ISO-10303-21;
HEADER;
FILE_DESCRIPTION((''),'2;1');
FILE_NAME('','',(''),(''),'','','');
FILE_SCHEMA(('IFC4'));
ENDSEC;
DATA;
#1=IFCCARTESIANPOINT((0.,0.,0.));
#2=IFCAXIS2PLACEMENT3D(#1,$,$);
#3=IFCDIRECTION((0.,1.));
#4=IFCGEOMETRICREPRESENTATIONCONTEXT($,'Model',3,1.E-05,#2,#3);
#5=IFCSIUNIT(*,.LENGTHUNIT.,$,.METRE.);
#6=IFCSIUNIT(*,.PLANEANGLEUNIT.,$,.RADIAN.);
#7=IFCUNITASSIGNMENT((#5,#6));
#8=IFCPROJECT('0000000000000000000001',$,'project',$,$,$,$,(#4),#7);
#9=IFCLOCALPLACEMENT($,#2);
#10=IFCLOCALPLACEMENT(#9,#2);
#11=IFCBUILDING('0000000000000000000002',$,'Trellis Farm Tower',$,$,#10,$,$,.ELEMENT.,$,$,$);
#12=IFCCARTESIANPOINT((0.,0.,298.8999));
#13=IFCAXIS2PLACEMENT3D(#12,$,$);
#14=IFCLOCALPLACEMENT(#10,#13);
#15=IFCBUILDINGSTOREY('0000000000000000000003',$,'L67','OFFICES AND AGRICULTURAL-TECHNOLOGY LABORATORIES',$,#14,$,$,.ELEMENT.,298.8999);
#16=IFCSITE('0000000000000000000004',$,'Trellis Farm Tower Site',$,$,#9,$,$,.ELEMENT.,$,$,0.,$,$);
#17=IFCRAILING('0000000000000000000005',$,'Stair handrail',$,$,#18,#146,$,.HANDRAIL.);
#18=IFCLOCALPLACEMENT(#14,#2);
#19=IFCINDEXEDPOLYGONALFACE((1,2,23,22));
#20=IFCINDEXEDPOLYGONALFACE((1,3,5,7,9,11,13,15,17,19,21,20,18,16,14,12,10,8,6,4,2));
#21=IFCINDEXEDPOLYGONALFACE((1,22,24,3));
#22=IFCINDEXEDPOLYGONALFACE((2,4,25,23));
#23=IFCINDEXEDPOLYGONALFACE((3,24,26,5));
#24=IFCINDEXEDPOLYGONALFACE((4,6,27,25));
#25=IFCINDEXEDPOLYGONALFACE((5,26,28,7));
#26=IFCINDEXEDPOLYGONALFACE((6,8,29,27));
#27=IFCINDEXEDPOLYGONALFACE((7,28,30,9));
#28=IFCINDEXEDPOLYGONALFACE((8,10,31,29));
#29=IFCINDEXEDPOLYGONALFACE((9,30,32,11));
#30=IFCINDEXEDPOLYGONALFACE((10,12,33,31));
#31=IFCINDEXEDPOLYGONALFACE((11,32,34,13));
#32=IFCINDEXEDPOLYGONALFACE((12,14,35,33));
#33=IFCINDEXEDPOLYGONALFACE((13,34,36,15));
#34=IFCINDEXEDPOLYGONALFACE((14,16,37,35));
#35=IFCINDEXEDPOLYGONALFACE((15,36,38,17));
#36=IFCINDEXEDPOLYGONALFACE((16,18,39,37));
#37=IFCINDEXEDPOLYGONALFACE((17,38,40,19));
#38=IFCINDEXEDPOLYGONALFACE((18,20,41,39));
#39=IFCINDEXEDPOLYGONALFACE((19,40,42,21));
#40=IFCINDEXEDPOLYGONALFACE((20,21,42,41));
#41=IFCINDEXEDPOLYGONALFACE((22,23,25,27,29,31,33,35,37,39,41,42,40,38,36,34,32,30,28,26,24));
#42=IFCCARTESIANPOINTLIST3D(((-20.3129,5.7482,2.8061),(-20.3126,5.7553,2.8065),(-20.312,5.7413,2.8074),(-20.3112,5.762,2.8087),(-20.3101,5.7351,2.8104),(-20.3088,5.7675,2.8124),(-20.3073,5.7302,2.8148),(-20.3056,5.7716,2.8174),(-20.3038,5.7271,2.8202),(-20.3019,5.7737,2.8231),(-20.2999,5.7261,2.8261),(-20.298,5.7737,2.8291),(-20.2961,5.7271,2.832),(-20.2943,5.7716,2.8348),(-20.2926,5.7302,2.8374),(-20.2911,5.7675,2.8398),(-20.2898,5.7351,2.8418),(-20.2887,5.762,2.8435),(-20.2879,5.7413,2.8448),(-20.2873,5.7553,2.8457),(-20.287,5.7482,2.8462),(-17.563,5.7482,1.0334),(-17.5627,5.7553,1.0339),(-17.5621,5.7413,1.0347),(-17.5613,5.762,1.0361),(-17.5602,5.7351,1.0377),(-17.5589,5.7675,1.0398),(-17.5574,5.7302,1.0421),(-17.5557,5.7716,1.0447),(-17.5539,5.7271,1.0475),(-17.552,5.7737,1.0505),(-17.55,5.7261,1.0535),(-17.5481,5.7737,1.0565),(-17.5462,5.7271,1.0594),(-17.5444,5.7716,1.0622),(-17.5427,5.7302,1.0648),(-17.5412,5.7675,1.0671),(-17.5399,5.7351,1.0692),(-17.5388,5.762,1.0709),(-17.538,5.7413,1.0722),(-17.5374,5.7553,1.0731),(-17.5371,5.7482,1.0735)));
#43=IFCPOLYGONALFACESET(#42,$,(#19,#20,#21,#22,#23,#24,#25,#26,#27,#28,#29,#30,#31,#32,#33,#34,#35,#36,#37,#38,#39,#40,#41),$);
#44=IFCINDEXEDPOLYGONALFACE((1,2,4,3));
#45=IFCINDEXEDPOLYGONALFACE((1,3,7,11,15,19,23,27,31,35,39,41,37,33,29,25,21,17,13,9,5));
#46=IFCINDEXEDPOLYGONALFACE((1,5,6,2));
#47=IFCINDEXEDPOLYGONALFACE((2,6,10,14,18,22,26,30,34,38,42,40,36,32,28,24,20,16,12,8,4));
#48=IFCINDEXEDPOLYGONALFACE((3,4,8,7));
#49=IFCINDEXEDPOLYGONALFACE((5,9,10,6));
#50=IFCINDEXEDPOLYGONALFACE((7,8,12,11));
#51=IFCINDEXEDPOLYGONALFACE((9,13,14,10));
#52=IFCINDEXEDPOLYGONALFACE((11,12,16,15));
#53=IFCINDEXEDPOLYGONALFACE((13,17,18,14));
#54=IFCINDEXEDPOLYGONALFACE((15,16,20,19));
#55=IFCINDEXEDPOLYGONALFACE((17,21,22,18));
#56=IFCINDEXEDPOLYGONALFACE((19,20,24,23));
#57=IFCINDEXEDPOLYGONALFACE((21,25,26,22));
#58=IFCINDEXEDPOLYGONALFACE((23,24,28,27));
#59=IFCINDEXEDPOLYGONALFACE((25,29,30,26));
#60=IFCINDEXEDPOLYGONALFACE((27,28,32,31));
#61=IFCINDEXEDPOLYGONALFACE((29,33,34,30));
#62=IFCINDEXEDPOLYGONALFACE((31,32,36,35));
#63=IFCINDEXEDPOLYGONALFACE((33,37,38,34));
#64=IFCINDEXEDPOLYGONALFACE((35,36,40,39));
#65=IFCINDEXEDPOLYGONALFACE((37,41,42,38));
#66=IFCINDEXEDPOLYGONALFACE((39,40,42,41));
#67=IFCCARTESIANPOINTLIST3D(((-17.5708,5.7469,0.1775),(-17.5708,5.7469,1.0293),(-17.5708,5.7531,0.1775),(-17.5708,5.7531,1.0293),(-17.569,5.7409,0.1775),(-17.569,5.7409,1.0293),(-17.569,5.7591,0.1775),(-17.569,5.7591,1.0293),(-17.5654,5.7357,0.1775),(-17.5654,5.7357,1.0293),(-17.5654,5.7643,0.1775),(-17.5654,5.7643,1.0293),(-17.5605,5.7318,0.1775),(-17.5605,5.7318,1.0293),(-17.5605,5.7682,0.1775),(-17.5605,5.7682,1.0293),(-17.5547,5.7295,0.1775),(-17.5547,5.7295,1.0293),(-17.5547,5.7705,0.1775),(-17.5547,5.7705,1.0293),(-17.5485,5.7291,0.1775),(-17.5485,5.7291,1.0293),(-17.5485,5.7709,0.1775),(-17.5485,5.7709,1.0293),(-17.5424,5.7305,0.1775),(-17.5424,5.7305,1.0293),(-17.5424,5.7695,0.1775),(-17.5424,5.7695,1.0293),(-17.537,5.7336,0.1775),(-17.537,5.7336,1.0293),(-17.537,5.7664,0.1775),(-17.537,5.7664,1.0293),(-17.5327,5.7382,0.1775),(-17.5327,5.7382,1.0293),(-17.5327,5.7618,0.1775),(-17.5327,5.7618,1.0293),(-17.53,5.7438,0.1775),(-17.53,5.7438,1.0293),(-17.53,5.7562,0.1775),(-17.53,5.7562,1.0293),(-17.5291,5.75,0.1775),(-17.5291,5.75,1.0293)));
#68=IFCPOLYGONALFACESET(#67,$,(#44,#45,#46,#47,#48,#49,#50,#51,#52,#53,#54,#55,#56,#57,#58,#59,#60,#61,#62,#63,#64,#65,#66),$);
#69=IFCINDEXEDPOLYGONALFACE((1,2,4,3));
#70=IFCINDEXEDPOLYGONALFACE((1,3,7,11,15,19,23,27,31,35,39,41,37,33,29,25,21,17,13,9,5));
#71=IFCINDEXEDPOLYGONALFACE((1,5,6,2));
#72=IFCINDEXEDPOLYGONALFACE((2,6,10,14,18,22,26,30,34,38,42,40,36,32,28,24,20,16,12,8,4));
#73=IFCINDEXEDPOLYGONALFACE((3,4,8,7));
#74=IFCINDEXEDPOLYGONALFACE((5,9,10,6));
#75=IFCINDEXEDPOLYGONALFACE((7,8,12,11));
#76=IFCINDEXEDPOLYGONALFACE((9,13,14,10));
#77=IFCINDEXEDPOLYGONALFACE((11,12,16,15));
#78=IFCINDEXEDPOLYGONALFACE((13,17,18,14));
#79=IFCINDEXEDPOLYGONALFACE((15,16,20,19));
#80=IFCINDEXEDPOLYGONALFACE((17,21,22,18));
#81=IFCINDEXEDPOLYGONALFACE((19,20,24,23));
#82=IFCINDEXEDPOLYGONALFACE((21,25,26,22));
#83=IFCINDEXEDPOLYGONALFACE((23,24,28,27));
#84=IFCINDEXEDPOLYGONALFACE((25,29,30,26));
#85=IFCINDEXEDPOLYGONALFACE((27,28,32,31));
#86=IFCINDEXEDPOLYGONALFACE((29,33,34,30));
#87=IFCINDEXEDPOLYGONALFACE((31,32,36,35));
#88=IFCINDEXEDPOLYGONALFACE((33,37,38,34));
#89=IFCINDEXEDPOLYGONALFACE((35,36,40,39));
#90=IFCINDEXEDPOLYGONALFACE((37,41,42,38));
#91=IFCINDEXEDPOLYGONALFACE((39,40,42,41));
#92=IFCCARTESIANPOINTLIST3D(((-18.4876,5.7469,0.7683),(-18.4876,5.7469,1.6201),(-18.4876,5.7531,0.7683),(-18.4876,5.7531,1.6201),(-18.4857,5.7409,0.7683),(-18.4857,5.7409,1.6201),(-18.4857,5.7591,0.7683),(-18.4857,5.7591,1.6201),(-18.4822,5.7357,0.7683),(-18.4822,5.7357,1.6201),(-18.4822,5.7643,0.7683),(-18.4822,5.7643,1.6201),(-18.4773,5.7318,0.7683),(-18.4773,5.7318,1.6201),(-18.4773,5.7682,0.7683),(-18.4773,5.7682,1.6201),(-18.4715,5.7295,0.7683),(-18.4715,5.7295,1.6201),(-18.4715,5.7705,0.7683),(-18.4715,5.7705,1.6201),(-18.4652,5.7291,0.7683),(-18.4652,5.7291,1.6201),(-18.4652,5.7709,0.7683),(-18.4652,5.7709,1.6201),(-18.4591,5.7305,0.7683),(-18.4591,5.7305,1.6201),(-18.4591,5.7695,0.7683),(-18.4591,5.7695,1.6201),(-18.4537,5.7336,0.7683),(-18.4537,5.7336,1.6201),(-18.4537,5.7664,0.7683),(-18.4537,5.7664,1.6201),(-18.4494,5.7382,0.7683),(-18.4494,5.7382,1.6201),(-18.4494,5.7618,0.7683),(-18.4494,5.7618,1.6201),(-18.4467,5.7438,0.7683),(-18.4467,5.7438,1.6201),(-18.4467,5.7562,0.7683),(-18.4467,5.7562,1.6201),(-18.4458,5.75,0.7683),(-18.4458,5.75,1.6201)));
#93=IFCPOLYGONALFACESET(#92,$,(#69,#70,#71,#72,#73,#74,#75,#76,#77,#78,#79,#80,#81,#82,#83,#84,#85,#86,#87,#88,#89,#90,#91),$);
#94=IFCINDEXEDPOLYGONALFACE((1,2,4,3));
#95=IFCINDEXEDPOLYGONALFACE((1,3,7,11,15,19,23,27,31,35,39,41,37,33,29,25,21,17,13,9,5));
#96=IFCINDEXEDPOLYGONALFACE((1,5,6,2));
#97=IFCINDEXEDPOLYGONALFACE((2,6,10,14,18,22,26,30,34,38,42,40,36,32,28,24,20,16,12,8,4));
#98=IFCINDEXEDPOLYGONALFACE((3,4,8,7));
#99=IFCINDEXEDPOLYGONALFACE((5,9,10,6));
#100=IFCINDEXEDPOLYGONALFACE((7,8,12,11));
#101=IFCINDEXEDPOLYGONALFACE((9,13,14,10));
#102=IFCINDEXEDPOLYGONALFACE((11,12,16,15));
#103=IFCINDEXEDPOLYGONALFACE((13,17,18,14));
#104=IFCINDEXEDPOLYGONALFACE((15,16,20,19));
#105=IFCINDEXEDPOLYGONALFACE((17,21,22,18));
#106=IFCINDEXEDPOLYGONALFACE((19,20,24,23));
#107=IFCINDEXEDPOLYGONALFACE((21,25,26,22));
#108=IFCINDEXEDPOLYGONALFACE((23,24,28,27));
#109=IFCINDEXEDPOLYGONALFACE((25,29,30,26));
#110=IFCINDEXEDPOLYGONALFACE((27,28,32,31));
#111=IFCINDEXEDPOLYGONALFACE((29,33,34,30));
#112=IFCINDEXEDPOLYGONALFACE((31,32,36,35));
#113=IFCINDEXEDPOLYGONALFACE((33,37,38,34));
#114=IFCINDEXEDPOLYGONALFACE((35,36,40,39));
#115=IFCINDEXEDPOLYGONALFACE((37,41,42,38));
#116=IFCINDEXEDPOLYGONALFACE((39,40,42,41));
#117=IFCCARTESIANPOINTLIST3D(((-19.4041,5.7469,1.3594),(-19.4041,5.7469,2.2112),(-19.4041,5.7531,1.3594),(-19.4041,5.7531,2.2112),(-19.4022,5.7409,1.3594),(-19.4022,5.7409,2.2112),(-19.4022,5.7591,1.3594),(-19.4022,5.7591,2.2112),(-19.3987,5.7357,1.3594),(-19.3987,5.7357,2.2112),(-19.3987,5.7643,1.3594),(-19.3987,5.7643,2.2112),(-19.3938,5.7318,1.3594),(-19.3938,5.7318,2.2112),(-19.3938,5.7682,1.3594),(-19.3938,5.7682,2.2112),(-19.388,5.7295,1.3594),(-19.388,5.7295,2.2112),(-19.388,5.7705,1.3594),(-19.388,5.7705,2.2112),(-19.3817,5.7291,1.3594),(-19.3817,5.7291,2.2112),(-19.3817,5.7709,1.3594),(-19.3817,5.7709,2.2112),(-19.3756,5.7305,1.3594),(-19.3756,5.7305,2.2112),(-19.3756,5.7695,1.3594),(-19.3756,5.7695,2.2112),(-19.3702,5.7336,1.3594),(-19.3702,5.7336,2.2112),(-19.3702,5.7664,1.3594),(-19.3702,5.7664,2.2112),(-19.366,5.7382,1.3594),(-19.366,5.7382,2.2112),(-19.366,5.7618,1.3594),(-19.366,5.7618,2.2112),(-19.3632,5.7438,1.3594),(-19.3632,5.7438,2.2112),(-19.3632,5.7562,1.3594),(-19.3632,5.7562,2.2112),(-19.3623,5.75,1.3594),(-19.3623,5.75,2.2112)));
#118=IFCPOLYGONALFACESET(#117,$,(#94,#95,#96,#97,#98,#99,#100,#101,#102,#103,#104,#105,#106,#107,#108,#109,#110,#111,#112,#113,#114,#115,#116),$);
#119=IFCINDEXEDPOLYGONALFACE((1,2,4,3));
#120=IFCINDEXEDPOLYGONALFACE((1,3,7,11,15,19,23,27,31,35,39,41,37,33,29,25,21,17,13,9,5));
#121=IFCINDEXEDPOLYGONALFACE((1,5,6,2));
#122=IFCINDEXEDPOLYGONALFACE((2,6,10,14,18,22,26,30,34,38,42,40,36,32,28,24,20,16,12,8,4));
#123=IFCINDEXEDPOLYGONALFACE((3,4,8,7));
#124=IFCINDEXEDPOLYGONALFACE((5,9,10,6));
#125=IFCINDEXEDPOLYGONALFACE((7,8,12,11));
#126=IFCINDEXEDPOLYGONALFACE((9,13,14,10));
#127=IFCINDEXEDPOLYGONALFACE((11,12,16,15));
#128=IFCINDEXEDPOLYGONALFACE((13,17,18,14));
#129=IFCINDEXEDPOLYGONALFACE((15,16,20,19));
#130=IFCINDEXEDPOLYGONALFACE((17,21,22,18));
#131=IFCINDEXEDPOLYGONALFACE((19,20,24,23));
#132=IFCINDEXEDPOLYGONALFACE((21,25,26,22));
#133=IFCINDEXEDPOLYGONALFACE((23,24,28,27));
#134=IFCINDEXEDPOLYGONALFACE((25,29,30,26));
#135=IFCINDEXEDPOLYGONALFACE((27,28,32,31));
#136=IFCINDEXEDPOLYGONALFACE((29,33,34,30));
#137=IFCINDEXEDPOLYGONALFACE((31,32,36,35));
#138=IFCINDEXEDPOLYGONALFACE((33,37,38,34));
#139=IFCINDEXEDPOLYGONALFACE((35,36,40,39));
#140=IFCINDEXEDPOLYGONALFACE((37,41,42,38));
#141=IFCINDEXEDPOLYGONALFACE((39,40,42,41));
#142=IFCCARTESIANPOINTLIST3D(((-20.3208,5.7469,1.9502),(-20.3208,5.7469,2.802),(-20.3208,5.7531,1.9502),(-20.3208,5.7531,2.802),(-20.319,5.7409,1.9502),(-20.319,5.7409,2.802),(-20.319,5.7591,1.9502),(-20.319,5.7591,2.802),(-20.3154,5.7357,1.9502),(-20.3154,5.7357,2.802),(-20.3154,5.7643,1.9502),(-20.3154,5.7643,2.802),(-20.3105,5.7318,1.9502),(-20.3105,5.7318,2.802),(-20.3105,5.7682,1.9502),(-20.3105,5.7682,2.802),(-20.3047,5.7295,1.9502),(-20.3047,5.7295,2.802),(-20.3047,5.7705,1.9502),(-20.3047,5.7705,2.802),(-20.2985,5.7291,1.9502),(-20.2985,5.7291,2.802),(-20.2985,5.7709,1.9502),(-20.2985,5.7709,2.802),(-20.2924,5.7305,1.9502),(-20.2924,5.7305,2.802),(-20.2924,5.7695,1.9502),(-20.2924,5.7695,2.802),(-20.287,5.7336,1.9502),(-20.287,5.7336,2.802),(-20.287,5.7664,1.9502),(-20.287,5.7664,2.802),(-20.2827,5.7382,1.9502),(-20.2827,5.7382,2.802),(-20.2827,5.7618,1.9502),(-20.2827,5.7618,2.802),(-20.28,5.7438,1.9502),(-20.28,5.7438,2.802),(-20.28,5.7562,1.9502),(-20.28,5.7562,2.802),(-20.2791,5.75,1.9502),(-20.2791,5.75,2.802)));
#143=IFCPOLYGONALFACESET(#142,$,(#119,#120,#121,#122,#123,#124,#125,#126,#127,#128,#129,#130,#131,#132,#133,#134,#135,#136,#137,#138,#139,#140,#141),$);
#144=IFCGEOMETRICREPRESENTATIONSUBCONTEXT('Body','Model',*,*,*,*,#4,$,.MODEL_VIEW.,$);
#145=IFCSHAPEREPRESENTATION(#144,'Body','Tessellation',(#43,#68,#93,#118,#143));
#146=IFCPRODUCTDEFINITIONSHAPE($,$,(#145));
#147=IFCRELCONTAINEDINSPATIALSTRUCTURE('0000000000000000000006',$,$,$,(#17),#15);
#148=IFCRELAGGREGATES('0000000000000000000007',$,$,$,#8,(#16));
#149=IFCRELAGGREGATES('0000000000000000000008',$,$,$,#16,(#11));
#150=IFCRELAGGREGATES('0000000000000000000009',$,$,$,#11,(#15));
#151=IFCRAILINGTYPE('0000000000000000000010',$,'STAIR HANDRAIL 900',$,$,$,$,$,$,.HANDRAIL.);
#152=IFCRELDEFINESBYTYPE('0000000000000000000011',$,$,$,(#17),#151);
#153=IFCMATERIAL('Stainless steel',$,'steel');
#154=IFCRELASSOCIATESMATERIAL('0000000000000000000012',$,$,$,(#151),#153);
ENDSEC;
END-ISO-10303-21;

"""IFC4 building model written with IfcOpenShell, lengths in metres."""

from ifc_helpers import new_model, si_unit, direction, frame, origin, origin_2d, place, context, subcontext, project, spatial, circle, extrude, source, transform, mapped, material, type_object, element, save


model = new_model("IFC4")

# Units and contexts
model_context = context("Model", 3, precision=1e-05, world=origin(), true_north=direction((0.0, 1.0)))
body_context = subcontext(model_context, "Body", "Model", "MODEL_VIEW")
ifc_project = project(units=[si_unit("LENGTHUNIT", "METRE"), si_unit("PLANEANGLEUNIT", "RADIAN")], contexts=[model_context])

# Site, building, storey
site_placement = place(None, origin())
site = spatial("IfcSite", under=ifc_project, at=site_placement, Name="Trellis Farm Tower Site", CompositionType="ELEMENT", RefElevation=0.0)
building_placement = place(site_placement, origin())
building = spatial("IfcBuilding", under=site, at=building_placement, Name="Trellis Farm Tower", CompositionType="ELEMENT")
storey_placement = place(building_placement, frame((0.0, 0.0, 298.8999)))
storey = spatial("IfcBuildingStorey", under=building, at=storey_placement, Name="L67", Description="OFFICES AND AGRICULTURAL-TECHNOLOGY LABORATORIES", CompositionType="ELEMENT", Elevation=298.8999)

# Railing
ifc_material_1 = material(Name="Stainless steel", Category="steel")
railing_type = type_object("IfcRailingType", Name="STAIR HANDRAIL 900", PredefinedType="HANDRAIL", material=ifc_material_1)
shared_shape_1 = source(origin(), body_context, "Body", "SweptSolid", [
    extrude(circle(Radius=0.0239, at=origin_2d()), frame((0.0, 0.0, 0.876), z_axis=(-0.840504, 0.0, 0.541806), x_axis=(0.0, -1.0, 0.0)), (0.0, 0.0, 1.0), 3.2717),
    extrude(circle(Radius=0.021, at=origin_2d()), origin(), (0.0, 0.0, 1.0), 0.8518),
    extrude(circle(Radius=0.021, at=origin_2d()), frame((-0.9167, 0.0, 0.5908)), (0.0, 0.0, 1.0), 0.8518),
    extrude(circle(Radius=0.021, at=origin_2d()), frame((-1.8333, 0.0, 1.1819)), (0.0, 0.0, 1.0), 0.8518),
    extrude(circle(Radius=0.021, at=origin_2d()), frame((-2.75, 0.0, 1.7727)), (0.0, 0.0, 1.0), 0.8518),
])
railing_placement = place(storey_placement, frame((-17.55, 5.75, 0.1775)))
element("IfcRailing", 1, at=railing_placement, inside=storey, type_object=railing_type, Name="Stair handrail", PredefinedType="HANDRAIL", context=body_context, shape_type="MappedRepresentation", body=[
    mapped(shared_shape_1, transform((0.0, 0.0, 0.0))),
])

save(model, "model.ifc")
